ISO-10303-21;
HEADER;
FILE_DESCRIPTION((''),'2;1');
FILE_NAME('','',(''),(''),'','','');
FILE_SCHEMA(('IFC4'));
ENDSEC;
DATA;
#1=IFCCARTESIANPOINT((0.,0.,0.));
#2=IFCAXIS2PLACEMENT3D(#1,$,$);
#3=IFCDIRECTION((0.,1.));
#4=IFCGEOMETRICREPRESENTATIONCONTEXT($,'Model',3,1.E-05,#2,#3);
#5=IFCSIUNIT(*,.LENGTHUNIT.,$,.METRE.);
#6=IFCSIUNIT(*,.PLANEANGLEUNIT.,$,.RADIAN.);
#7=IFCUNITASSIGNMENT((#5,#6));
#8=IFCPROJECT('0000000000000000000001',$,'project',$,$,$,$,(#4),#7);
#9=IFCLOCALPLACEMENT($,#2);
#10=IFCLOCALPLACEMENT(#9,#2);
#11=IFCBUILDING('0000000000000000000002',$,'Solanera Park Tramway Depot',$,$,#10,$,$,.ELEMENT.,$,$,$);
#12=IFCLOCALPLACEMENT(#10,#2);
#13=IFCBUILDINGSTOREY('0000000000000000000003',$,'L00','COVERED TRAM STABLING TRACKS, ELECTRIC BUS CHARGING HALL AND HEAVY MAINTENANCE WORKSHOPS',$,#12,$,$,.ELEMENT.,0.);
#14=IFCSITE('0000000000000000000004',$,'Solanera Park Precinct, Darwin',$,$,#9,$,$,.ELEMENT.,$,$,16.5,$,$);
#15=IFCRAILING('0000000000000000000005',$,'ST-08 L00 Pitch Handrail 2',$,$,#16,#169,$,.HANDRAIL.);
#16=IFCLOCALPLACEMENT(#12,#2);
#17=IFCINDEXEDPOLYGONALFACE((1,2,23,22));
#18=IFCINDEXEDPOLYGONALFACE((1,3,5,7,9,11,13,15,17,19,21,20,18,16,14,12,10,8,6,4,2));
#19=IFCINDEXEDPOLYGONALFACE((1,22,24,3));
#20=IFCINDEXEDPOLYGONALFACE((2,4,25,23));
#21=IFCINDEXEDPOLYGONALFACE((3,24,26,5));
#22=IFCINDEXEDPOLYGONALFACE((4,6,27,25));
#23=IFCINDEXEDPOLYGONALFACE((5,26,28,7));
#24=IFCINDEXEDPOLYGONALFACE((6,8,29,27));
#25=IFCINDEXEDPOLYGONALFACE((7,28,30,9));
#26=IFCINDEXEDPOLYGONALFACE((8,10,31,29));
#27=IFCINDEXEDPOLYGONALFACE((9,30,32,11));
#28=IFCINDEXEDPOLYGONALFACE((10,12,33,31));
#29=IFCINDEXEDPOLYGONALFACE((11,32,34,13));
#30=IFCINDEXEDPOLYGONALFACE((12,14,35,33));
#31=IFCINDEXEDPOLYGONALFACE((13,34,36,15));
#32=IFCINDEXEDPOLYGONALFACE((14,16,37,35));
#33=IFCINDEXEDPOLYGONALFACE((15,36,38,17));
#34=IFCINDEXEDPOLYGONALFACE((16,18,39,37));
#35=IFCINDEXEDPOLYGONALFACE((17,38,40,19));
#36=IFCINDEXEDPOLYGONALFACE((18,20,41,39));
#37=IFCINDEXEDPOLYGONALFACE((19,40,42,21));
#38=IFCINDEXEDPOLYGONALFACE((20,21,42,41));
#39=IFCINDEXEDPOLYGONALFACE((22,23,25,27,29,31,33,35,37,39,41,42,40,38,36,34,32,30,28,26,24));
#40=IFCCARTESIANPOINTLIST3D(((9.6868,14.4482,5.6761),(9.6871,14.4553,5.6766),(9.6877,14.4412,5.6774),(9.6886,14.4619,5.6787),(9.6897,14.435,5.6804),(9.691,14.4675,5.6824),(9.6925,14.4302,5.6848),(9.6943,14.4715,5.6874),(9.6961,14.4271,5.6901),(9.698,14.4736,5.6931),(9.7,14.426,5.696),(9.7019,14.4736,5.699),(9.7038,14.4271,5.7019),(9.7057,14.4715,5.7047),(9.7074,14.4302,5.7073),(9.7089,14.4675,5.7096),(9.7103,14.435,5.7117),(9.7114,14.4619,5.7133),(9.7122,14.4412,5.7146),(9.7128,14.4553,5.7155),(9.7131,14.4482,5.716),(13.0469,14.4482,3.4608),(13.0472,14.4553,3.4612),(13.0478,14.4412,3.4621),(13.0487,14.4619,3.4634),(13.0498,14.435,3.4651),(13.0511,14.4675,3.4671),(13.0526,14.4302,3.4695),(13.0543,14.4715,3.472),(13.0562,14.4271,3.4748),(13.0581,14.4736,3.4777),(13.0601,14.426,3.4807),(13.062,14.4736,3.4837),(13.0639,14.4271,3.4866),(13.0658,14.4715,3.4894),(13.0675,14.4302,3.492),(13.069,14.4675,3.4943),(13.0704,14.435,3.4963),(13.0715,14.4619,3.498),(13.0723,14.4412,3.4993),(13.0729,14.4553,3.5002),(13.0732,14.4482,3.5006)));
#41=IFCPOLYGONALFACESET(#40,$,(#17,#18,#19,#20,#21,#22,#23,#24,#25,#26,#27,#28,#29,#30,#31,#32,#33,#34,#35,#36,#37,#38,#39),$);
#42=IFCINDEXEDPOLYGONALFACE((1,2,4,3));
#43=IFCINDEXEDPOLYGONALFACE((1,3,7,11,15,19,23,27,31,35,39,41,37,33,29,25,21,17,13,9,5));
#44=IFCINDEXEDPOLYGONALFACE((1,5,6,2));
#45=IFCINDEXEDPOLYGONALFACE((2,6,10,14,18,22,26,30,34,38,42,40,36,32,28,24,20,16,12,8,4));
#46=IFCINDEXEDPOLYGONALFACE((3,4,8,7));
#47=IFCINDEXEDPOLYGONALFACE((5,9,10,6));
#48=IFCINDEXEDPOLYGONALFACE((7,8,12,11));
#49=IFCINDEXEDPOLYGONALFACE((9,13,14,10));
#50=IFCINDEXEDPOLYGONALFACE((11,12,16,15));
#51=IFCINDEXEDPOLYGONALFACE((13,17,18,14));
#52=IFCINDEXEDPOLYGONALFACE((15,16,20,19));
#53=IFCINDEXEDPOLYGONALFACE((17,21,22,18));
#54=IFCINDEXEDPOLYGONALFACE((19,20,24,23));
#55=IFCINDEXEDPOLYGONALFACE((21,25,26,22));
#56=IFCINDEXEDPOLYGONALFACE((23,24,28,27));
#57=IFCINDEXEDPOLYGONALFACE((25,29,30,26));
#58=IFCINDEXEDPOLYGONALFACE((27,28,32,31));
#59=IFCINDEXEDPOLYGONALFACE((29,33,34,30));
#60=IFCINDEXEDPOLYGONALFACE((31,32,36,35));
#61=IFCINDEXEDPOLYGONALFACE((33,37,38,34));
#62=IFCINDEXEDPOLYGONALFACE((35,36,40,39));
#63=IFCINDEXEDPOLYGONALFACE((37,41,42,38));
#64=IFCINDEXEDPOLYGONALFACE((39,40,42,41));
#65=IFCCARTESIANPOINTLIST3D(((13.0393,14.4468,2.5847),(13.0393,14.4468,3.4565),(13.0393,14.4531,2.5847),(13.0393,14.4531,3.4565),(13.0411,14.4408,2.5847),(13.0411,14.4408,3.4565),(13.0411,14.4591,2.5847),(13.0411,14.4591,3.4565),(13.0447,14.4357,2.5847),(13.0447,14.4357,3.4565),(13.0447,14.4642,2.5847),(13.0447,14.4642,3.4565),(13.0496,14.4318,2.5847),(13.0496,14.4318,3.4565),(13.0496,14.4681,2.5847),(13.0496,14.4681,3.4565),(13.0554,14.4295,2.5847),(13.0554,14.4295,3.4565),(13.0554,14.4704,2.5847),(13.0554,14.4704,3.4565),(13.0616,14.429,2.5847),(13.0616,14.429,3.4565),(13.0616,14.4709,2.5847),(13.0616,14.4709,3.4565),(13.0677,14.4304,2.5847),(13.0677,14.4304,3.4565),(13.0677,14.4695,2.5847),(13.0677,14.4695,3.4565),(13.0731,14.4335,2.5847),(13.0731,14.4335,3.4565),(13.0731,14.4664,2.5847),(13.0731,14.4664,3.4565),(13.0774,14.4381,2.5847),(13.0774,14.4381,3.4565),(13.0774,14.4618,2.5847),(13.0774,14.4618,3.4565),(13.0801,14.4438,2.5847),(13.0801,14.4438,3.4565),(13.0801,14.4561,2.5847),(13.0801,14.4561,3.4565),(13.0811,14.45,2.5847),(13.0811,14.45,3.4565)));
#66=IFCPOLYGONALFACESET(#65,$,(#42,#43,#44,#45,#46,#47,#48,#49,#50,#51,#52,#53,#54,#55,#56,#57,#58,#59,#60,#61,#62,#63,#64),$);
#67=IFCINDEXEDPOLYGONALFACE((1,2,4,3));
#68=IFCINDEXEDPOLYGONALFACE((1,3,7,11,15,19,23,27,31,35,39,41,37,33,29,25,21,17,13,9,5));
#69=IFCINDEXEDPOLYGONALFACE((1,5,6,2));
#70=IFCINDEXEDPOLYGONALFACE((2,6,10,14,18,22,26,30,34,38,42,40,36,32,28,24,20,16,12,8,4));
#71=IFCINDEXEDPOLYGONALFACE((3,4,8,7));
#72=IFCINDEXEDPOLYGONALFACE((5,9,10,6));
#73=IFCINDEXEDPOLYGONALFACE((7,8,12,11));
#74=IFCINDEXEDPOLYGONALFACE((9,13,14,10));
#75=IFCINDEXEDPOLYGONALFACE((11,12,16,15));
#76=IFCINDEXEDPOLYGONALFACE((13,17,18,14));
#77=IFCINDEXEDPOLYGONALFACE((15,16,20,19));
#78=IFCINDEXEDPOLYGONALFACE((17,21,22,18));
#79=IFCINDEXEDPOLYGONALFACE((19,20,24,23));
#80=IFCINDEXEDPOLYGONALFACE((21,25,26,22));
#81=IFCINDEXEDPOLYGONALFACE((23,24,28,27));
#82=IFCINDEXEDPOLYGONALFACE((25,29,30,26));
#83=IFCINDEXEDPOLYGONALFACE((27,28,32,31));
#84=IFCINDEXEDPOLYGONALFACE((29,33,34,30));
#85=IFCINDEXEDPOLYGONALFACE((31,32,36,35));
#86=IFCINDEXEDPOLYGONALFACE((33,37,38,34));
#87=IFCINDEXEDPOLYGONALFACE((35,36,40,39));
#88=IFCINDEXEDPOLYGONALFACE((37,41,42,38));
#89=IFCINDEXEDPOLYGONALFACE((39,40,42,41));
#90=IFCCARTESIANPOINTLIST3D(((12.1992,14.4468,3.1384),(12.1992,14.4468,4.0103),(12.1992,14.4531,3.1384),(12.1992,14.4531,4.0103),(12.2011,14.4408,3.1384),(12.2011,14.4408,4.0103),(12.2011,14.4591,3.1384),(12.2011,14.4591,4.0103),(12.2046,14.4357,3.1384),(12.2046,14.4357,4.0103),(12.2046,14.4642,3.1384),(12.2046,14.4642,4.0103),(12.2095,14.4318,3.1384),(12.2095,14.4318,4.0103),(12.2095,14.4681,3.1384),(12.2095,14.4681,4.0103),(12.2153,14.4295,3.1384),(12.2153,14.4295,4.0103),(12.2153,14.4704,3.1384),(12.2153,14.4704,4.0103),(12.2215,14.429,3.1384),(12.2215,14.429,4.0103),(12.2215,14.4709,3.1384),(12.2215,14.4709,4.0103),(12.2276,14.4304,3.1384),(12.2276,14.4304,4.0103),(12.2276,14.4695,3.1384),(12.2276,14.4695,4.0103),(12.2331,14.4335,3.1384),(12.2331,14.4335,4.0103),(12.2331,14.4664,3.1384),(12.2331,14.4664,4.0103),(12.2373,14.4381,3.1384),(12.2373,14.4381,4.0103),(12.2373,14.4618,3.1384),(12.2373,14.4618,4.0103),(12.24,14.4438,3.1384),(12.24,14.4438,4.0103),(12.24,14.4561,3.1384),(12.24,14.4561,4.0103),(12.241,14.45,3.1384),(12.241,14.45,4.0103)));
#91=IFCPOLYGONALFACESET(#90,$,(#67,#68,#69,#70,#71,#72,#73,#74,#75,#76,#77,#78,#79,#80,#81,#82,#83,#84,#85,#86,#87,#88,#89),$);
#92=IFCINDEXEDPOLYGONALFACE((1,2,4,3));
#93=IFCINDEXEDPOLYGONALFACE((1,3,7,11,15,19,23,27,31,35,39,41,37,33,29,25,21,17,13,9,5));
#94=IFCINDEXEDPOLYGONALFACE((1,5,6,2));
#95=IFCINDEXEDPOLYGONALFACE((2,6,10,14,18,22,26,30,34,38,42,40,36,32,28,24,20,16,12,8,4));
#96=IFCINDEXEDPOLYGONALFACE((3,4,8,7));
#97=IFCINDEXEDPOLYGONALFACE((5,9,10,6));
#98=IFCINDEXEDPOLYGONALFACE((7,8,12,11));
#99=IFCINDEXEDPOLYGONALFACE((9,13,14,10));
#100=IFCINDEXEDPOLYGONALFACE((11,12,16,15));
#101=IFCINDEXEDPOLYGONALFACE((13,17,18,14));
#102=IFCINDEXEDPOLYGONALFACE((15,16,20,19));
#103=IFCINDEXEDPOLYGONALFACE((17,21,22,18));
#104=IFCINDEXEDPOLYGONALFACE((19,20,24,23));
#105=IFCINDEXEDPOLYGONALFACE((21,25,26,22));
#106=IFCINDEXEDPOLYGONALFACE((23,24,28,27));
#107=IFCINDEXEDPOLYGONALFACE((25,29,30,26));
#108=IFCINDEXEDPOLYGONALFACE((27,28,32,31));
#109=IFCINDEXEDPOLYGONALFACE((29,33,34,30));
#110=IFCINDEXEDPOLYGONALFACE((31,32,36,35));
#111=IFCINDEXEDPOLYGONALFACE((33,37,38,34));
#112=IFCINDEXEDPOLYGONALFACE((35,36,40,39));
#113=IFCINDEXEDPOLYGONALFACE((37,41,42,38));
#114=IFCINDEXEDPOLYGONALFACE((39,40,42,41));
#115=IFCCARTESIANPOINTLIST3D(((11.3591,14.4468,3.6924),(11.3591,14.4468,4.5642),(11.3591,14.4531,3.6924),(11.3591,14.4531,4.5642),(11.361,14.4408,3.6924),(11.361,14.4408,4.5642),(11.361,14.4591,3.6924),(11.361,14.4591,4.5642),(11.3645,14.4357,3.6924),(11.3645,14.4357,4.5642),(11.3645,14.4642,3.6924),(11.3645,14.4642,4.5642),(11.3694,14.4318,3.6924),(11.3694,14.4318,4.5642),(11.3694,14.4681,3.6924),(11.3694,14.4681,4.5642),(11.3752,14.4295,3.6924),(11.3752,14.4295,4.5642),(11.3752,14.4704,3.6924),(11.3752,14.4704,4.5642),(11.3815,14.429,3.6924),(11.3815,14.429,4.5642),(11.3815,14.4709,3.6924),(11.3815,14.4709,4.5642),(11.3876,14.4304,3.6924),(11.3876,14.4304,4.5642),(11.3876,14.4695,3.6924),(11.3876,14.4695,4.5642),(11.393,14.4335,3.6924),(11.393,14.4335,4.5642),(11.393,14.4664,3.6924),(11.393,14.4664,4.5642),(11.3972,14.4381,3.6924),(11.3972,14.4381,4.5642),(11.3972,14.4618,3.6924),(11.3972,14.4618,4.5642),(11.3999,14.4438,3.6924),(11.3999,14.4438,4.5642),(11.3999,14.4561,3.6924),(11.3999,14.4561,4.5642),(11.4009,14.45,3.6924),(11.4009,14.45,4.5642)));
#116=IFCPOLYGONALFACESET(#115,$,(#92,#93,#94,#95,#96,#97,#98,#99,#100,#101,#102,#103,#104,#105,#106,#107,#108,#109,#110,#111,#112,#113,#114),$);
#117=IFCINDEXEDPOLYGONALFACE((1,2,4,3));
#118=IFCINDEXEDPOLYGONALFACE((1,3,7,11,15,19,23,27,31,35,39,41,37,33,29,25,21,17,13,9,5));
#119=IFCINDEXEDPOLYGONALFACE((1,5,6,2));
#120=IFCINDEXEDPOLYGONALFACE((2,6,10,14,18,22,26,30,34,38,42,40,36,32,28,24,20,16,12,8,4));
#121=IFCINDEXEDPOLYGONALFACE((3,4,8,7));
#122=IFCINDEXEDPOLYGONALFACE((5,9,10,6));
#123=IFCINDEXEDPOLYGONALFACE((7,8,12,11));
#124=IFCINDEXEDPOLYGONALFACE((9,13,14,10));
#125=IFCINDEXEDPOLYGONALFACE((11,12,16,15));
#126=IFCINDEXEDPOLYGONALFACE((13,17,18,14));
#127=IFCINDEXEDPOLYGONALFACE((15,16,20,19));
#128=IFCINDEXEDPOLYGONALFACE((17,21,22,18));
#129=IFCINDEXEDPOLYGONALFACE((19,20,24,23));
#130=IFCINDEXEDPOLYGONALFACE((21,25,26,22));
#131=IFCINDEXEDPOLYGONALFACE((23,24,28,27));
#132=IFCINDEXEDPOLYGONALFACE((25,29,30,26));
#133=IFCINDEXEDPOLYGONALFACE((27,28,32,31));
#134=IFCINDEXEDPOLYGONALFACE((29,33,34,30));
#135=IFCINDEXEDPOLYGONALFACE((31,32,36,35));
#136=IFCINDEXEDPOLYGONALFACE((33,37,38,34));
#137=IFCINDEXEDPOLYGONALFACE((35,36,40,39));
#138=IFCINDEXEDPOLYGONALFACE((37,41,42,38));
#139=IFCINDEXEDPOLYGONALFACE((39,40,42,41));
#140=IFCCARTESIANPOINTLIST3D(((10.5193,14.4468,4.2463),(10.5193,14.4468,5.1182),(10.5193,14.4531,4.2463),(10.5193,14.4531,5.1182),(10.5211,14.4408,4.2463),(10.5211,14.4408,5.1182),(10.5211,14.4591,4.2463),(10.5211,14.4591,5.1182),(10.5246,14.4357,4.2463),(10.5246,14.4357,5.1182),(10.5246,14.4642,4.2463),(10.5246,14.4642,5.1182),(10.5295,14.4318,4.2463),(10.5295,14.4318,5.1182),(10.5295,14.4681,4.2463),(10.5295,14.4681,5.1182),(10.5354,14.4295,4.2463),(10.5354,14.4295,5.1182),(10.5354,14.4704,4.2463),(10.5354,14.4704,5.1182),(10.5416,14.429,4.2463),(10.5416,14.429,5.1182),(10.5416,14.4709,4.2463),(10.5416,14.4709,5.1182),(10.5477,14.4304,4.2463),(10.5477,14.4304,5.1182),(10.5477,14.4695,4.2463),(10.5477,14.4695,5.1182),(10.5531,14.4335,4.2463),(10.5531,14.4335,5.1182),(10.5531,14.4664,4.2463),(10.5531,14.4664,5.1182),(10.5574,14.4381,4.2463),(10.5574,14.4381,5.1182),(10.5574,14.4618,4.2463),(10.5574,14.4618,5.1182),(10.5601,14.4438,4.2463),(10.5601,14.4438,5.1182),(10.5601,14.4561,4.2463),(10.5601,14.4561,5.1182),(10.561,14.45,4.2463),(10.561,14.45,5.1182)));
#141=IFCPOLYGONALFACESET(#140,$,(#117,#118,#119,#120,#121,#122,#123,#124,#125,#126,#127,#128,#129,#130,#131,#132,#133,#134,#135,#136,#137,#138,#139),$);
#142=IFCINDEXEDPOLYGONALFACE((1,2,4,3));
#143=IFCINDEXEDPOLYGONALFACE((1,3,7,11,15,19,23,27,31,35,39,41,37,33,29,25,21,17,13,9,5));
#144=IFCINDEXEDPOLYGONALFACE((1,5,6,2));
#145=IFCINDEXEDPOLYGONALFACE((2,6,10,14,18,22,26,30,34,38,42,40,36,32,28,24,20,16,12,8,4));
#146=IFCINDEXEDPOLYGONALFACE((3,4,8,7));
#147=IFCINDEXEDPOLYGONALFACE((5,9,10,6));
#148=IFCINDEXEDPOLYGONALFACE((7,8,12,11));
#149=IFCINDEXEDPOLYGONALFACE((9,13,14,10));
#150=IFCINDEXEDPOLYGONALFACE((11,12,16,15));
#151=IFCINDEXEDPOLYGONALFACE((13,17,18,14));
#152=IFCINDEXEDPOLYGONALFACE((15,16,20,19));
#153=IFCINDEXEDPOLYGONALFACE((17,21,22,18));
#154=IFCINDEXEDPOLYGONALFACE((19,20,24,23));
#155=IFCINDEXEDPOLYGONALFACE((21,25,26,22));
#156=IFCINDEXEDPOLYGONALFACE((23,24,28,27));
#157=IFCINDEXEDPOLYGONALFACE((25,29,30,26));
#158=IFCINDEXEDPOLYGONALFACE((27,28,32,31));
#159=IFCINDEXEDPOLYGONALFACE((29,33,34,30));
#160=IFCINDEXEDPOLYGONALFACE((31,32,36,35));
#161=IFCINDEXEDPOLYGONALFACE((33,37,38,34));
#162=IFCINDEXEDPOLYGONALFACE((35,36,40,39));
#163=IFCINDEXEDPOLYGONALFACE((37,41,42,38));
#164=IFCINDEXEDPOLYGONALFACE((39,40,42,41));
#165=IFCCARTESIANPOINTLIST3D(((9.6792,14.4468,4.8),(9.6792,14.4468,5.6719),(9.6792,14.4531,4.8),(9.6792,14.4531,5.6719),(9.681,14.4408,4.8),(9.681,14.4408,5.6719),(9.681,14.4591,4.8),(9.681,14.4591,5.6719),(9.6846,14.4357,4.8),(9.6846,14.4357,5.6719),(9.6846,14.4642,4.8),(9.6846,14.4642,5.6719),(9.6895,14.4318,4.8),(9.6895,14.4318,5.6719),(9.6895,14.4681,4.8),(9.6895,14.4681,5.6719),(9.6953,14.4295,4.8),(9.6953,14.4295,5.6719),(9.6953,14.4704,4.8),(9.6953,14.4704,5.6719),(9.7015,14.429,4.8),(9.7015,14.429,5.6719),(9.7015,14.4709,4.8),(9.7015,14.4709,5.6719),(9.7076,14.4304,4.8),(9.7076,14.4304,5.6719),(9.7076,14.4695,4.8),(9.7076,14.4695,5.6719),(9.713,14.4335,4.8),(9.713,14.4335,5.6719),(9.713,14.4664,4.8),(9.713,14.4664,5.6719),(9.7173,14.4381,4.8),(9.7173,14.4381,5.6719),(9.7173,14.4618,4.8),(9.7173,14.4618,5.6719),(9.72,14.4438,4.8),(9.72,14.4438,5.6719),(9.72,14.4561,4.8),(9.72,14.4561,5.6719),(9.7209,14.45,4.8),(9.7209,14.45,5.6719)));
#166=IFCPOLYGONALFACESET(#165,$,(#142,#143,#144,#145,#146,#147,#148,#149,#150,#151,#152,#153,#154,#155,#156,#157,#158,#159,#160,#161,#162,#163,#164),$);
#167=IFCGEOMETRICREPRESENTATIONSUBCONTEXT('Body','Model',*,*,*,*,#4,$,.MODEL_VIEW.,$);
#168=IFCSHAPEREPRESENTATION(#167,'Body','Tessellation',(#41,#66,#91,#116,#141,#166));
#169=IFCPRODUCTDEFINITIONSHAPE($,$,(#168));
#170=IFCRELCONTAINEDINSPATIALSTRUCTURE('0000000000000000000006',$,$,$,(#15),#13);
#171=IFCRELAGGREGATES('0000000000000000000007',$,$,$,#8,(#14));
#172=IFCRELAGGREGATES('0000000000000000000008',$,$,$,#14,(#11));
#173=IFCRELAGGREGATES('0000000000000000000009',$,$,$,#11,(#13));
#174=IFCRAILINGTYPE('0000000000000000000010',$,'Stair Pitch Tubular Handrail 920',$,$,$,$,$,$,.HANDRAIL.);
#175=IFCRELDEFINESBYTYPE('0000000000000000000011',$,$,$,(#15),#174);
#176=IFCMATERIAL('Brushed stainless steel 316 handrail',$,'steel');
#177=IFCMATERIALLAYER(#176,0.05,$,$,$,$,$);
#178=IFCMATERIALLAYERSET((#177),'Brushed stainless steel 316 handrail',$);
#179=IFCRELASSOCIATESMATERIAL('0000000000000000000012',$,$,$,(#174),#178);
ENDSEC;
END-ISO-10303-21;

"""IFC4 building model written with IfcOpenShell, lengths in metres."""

from ifc_helpers import new_model, si_unit, direction, frame, origin, origin_2d, place, context, subcontext, project, spatial, circle, extrude, material, layer, layer_set, type_object, element, save


model = new_model("IFC4")

# Units and contexts
model_context = context("Model", 3, precision=1e-05, world=origin(), true_north=direction((0.0, 1.0)))
body_context = subcontext(model_context, "Body", "Model", "MODEL_VIEW")
ifc_project = project(units=[si_unit("LENGTHUNIT", "METRE"), si_unit("PLANEANGLEUNIT", "RADIAN")], contexts=[model_context])

# Site, building, storey
site_placement = place(None, origin())
site = spatial("IfcSite", under=ifc_project, at=site_placement, Name="Solanera Park Precinct, Darwin", CompositionType="ELEMENT", RefElevation=16.5)
building_placement = place(site_placement, origin())
building = spatial("IfcBuilding", under=site, at=building_placement, Name="Solanera Park Tramway Depot", CompositionType="ELEMENT")
storey_placement = place(building_placement, origin())
storey = spatial("IfcBuildingStorey", under=building, at=storey_placement, Name="L00", Description="COVERED TRAM STABLING TRACKS, ELECTRIC BUS CHARGING HALL AND HEAVY MAINTENANCE WORKSHOPS", CompositionType="ELEMENT", Elevation=0.0)

# Railing
ifc_material_1 = material(Name="Brushed stainless steel 316 handrail", Category="steel")
ifc_layer_1 = layer(ifc_material_1, 0.05)
ifc_layer_set_1 = layer_set([ifc_layer_1], Name="Brushed stainless steel 316 handrail")
railing_type = type_object("IfcRailingType", Name="Stair Pitch Tubular Handrail 920", PredefinedType="HANDRAIL", material=ifc_layer_set_1)
railing_placement = place(storey_placement, frame((13.0601, 14.45, 2.5847)))
element("IfcRailing", 1, at=railing_placement, inside=storey, type_object=railing_type, Name="ST-08 L00 Pitch Handrail 2", PredefinedType="HANDRAIL", context=body_context, shape_type="SweptSolid", body=[
    extrude(circle(Radius=0.0239, at=origin_2d()), frame((0.0, 0.0, 0.896), z_axis=(-0.834876, 0.0, 0.550437), x_axis=(0.0, -1.0, 0.0)), (0.0, 0.0, 1.0), 4.0247),
    extrude(circle(Radius=0.021, at=origin_2d()), origin(), (0.0, 0.0, 1.0), 0.8718),
    extrude(circle(Radius=0.021, at=origin_2d()), frame((-0.8401, 0.0, 0.5537)), (0.0, 0.0, 1.0), 0.8718),
    extrude(circle(Radius=0.021, at=origin_2d()), frame((-1.6802, 0.0, 1.1077)), (0.0, 0.0, 1.0), 0.8718),
    extrude(circle(Radius=0.021, at=origin_2d()), frame((-2.52, 0.0, 1.6616)), (0.0, 0.0, 1.0), 0.8718),
    extrude(circle(Radius=0.021, at=origin_2d()), frame((-3.3601, 0.0, 2.2153)), (0.0, 0.0, 1.0), 0.8718),
])

save(model, "model.ifc")
